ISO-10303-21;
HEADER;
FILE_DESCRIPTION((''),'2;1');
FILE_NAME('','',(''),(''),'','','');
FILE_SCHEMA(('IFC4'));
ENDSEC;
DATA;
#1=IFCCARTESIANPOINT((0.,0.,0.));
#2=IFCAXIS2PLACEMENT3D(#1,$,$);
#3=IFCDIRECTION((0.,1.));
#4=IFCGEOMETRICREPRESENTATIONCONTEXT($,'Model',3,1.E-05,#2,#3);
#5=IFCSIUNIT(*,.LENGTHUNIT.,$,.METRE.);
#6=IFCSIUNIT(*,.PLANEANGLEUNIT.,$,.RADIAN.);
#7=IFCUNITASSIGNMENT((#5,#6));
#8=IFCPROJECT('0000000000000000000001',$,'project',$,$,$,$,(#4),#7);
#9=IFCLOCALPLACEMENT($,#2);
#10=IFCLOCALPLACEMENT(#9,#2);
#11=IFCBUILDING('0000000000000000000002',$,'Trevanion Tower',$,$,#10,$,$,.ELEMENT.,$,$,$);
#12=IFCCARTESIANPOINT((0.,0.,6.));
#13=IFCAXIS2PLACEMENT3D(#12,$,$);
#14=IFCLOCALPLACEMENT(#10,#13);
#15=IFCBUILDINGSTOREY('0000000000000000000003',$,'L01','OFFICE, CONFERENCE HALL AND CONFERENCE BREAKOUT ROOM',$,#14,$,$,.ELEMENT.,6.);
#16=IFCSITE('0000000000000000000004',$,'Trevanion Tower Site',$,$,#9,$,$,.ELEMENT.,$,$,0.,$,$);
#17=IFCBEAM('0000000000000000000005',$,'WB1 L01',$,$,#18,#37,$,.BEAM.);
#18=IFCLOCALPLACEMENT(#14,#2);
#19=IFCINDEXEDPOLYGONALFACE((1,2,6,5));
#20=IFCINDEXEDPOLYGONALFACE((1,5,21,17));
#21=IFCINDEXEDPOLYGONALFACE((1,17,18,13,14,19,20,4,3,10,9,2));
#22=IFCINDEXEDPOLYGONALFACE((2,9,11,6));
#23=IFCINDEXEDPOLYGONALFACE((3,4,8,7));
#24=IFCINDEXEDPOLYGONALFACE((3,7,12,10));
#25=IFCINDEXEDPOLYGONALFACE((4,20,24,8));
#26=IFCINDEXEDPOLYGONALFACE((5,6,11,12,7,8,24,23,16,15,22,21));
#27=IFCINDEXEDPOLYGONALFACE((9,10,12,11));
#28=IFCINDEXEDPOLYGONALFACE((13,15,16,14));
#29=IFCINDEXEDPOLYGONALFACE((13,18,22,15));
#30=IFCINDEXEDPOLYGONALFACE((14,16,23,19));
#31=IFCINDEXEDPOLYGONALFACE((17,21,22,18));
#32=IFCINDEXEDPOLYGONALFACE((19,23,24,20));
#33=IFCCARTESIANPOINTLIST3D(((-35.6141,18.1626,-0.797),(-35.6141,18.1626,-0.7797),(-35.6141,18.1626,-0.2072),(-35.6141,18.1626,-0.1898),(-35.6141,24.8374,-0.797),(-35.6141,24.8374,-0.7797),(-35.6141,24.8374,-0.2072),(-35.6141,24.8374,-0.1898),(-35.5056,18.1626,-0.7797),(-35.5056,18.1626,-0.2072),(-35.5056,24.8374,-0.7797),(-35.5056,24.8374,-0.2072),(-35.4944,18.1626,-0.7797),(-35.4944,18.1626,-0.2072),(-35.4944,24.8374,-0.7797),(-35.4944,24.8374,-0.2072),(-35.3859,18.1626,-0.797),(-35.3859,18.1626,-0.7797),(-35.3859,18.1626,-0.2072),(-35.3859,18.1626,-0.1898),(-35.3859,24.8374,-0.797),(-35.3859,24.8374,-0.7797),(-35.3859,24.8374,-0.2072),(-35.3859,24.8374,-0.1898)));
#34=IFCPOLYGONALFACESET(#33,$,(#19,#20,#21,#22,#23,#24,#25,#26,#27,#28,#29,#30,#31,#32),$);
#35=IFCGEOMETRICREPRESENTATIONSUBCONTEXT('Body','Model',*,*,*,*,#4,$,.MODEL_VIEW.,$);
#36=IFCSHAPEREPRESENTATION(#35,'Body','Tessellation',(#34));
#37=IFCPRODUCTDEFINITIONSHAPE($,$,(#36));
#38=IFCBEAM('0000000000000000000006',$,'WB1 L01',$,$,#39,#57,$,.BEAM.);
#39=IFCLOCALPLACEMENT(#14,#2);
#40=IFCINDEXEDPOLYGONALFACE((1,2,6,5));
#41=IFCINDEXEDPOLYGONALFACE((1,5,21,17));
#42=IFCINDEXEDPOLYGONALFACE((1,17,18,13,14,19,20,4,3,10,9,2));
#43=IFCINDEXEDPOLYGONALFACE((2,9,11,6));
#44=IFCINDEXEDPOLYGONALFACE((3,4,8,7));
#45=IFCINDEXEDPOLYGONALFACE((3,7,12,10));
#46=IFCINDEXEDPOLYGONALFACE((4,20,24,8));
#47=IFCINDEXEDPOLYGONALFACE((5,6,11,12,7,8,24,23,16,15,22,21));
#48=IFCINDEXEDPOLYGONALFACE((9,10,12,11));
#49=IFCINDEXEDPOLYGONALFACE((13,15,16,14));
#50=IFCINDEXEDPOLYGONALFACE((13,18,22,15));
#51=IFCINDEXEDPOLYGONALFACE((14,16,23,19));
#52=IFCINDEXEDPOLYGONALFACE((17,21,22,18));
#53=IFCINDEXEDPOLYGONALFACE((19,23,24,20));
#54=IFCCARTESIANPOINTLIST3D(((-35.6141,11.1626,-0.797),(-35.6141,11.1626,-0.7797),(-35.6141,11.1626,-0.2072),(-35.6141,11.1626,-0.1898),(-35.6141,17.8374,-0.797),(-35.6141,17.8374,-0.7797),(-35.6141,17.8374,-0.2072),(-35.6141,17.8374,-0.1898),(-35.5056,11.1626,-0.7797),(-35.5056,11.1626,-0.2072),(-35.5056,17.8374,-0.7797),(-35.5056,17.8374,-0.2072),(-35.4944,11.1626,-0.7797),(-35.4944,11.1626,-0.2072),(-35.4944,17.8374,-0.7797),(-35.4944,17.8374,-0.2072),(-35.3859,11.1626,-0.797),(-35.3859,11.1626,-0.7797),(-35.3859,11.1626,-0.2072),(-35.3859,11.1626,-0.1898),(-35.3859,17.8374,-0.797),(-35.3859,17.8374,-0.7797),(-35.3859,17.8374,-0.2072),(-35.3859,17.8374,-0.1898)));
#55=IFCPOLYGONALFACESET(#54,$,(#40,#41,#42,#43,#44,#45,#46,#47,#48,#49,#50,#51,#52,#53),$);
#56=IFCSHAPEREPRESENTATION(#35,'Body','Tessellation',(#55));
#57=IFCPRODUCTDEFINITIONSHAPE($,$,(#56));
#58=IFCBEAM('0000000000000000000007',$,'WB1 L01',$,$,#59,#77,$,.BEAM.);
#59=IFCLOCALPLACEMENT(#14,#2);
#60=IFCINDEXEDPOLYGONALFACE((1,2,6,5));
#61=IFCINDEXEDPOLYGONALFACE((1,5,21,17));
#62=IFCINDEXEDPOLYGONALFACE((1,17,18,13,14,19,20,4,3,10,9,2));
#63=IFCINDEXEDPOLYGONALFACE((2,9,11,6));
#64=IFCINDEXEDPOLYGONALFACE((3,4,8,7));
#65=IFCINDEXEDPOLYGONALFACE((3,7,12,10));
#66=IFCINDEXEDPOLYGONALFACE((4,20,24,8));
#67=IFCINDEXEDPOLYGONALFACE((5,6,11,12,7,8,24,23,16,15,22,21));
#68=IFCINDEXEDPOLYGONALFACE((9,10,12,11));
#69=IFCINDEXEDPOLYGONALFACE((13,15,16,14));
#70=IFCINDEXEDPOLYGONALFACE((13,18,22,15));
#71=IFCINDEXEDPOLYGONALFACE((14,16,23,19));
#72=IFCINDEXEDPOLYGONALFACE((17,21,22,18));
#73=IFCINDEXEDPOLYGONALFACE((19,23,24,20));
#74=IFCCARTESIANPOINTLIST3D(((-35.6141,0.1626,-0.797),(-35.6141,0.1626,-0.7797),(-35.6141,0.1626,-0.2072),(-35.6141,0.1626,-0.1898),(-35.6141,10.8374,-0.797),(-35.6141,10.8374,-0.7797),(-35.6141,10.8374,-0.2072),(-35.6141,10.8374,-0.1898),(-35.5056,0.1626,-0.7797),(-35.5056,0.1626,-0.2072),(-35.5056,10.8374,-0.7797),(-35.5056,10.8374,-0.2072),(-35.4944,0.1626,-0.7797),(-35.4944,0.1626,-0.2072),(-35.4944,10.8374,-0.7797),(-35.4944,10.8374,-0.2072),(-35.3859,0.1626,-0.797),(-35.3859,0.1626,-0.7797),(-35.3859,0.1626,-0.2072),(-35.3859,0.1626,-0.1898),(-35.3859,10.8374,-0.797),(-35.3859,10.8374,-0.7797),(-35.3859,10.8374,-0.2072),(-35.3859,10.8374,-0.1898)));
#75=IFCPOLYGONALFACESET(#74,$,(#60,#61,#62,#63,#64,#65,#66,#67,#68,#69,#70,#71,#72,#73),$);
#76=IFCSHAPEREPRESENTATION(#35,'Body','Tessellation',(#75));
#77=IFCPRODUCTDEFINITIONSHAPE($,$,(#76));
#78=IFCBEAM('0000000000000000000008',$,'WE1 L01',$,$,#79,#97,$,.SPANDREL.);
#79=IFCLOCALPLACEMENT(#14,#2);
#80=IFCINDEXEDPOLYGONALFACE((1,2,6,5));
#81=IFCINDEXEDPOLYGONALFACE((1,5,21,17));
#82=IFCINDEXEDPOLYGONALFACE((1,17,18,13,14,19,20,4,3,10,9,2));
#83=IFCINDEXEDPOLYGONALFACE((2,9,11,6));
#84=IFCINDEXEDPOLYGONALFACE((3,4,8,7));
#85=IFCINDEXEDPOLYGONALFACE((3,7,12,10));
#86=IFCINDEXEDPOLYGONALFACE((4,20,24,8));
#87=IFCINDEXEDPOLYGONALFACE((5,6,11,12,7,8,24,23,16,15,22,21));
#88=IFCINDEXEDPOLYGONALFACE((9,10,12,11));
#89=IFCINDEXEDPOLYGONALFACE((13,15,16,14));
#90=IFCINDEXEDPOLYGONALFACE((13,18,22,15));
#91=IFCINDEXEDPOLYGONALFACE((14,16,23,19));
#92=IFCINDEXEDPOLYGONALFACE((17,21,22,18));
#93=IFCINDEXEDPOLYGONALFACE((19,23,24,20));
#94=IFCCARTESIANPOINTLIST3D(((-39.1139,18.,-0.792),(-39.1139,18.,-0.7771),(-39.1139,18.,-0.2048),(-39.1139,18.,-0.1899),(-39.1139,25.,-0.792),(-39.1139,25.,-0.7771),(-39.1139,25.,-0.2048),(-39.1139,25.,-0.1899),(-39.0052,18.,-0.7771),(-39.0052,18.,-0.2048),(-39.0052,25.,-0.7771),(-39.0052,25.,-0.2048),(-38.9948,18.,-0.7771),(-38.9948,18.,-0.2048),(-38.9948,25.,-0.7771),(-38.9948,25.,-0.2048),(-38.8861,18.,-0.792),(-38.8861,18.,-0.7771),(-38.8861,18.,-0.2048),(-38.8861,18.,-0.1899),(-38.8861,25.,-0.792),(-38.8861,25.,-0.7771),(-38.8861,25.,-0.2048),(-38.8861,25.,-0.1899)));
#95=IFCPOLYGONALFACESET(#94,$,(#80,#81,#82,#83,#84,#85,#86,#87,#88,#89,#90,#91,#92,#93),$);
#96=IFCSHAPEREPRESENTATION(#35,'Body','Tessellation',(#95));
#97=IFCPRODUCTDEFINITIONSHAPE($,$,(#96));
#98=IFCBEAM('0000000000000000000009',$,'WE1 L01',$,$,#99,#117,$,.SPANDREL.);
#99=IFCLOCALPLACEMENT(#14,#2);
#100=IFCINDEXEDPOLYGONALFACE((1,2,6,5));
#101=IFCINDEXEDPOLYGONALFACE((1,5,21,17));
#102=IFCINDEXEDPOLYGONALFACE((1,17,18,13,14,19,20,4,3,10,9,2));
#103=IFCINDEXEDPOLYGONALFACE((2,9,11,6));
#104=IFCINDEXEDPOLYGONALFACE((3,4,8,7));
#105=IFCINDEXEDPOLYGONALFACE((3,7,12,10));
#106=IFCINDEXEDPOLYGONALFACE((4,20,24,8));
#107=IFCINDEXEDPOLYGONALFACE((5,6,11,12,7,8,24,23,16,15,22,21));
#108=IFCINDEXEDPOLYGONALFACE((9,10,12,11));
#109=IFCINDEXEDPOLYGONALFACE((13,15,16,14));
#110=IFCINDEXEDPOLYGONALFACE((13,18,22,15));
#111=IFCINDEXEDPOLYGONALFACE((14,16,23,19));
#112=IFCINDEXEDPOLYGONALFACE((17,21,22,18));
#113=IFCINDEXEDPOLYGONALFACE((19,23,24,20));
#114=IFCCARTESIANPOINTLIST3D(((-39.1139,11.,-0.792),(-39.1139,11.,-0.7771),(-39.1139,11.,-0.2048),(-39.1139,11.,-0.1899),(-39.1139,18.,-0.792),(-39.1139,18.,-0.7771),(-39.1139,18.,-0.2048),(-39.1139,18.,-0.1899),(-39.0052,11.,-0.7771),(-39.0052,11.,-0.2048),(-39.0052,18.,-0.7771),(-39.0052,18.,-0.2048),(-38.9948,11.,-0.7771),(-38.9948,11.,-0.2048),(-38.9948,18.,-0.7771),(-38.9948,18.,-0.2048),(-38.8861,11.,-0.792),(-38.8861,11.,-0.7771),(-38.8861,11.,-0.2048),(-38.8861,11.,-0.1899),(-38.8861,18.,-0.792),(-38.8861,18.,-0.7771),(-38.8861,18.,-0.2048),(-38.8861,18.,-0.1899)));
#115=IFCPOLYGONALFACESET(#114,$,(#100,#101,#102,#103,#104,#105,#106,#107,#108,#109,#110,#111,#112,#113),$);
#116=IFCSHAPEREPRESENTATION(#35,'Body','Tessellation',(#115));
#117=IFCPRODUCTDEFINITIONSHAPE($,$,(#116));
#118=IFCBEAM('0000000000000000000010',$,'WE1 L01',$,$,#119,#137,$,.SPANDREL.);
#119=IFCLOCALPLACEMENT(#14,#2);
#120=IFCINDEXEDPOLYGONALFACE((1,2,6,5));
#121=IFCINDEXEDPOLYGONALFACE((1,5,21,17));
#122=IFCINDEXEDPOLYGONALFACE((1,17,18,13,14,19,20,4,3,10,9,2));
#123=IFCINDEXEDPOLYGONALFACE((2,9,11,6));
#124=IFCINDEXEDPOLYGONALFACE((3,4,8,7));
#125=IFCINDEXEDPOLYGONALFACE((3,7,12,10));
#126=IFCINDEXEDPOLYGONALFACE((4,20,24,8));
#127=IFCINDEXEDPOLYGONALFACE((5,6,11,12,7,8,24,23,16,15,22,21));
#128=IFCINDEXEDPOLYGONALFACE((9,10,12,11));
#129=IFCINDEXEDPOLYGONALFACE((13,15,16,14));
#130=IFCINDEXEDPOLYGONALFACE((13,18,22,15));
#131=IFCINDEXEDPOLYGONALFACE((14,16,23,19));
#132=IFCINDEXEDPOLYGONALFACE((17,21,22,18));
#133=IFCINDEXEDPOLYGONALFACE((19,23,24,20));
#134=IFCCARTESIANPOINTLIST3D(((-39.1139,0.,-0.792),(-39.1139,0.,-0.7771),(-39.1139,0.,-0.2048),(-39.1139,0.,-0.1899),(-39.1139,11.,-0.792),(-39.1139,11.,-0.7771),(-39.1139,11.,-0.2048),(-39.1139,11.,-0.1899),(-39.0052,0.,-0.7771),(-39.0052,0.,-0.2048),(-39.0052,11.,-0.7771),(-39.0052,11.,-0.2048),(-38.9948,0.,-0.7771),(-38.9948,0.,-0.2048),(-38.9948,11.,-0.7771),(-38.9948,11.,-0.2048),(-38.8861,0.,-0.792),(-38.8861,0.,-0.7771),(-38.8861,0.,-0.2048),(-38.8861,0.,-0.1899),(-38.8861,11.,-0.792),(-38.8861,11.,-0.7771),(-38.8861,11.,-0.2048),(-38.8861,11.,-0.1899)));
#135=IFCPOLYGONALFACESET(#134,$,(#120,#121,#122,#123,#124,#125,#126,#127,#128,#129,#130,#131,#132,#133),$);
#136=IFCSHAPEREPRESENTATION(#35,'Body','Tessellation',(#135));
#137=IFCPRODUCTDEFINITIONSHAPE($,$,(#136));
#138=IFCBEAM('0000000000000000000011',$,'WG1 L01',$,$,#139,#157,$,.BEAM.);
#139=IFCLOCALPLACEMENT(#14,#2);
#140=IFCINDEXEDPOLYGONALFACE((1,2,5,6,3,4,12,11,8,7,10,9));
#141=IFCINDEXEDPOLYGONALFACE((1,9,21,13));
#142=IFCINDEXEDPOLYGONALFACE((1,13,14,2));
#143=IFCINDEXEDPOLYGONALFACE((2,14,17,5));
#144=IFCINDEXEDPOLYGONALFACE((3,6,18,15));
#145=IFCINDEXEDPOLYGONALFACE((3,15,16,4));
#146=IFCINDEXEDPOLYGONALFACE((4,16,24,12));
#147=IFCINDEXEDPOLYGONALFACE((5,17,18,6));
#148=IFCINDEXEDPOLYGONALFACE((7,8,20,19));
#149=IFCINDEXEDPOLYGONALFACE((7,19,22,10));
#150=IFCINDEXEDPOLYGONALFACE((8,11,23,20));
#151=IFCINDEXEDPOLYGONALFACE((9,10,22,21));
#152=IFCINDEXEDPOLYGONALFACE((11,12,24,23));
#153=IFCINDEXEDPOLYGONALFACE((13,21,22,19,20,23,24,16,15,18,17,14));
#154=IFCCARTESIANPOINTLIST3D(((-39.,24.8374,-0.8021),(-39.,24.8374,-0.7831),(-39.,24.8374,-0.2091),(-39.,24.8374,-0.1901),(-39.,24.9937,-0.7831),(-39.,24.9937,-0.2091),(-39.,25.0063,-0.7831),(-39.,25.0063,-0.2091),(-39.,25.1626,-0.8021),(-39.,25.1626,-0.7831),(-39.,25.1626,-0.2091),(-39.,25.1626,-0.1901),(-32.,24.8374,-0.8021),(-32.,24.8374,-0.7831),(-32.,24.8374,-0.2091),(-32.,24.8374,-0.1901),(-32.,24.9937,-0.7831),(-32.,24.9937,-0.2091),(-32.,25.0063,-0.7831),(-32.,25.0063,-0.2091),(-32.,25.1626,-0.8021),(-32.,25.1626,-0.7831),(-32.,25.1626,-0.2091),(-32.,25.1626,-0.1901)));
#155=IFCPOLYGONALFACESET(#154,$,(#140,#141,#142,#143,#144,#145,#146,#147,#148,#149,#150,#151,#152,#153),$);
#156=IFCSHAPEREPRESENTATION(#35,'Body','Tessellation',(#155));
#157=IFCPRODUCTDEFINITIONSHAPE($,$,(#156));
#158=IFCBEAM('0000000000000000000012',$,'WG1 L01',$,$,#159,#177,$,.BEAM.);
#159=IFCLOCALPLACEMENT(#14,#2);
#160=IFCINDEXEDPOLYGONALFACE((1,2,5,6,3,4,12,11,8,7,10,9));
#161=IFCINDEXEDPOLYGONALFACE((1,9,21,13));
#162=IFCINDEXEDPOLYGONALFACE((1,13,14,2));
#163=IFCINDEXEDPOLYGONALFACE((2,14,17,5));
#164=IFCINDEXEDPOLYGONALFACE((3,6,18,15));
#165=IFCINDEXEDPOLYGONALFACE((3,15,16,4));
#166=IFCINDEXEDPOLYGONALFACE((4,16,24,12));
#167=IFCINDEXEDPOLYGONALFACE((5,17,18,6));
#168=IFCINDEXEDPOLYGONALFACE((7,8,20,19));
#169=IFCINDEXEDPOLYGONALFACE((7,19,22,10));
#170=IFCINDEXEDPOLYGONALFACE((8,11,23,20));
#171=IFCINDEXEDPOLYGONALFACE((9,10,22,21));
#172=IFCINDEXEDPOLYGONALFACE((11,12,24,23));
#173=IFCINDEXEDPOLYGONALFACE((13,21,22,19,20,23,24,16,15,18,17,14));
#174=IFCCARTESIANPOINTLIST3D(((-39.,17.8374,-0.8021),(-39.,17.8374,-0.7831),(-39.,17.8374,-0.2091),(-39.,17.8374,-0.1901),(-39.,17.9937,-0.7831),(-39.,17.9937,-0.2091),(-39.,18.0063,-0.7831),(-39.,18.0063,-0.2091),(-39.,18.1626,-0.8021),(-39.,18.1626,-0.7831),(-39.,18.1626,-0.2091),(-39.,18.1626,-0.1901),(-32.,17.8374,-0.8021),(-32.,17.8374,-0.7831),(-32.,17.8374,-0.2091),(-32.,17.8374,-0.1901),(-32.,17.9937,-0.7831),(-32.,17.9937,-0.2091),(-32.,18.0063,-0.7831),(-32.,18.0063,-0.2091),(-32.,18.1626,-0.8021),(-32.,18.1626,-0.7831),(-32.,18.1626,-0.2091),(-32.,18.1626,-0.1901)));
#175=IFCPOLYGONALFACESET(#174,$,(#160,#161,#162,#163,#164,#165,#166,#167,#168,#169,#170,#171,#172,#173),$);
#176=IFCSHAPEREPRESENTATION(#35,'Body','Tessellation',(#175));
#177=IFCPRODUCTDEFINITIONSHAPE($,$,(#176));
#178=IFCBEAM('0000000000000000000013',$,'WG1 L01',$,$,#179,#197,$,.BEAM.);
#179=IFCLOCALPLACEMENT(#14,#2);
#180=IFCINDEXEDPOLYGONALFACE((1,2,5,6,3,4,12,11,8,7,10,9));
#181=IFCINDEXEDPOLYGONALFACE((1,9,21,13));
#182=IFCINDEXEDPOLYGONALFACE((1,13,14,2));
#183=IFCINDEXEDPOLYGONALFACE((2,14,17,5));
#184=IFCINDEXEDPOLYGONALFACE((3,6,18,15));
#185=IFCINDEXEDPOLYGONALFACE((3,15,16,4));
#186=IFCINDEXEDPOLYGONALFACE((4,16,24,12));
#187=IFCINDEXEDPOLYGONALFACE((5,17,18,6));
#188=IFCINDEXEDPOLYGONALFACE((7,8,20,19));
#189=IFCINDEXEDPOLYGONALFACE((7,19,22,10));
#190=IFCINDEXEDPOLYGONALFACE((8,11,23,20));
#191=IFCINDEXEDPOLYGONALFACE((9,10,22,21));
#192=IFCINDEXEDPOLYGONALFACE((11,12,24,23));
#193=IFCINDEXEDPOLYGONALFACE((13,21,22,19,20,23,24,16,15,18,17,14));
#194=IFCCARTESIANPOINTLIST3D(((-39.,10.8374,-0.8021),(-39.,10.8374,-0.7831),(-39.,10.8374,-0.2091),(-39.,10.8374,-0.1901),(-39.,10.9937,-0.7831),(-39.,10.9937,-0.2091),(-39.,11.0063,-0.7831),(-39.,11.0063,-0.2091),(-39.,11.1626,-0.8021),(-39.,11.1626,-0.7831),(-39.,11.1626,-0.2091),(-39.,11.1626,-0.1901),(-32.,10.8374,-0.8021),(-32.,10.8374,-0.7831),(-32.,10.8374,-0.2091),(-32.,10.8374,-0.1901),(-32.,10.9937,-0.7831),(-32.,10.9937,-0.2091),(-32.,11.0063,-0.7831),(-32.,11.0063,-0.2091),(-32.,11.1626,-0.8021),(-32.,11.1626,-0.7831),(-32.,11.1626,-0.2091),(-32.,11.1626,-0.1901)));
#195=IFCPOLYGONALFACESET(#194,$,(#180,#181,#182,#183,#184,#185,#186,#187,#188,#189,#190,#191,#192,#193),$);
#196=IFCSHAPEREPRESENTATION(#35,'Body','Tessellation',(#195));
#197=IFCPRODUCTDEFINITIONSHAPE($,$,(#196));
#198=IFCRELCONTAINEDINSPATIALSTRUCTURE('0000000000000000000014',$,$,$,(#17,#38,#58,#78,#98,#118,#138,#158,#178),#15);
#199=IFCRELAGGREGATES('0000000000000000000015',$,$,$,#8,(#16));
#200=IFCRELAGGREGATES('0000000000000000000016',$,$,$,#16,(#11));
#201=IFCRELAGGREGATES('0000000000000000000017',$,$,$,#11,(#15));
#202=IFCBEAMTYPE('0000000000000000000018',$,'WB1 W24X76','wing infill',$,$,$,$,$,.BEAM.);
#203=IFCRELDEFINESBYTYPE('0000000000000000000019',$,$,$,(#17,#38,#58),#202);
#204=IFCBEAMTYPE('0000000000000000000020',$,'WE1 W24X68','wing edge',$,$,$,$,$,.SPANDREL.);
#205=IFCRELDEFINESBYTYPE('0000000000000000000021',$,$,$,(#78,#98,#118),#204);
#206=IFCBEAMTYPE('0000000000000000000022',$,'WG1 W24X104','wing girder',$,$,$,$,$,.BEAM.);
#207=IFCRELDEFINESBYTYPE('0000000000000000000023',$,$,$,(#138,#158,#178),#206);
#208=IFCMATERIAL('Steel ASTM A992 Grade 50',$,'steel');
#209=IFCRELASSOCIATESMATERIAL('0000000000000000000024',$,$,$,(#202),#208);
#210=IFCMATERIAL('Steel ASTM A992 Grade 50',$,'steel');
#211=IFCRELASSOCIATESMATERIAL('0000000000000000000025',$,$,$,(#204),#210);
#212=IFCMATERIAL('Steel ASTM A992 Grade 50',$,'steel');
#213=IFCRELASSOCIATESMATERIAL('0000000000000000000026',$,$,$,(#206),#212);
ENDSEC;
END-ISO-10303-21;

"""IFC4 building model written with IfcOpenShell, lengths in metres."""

from ifc_helpers import new_model, si_unit, direction, frame, origin, origin_2d, place, context, subcontext, project, spatial, i_section, extrude, material, material_profile, profile_set, type_object, element, save


model = new_model("IFC4")

# Units and contexts
model_context = context("Model", 3, precision=1e-05, world=origin(), true_north=direction((0.0, 1.0)))
body_context = subcontext(model_context, "Body", "Model", "MODEL_VIEW")
ifc_project = project(units=[si_unit("LENGTHUNIT", "METRE"), si_unit("PLANEANGLEUNIT", "RADIAN")], contexts=[model_context])

# Site, building, storey
site_placement = place(None, origin())
site = spatial("IfcSite", under=ifc_project, at=site_placement, Name="Trevanion Tower Site", CompositionType="ELEMENT", RefElevation=0.0)
building_placement = place(site_placement, origin())
building = spatial("IfcBuilding", under=site, at=building_placement, Name="Trevanion Tower", CompositionType="ELEMENT")
storey_placement = place(building_placement, frame((0.0, 0.0, 6.0)))
storey = spatial("IfcBuildingStorey", under=building, at=storey_placement, Name="L01", Description="OFFICE, CONFERENCE HALL AND CONFERENCE BREAKOUT ROOM", CompositionType="ELEMENT", Elevation=6.0)

# Beams
ifc_material_1 = material(Name="Steel ASTM A992 Grade 50", Category="steel")
ifc_material_profile_1 = material_profile(ifc_material_1, i_section(OverallWidth=0.2283, OverallDepth=0.6072, WebThickness=0.0112, FlangeThickness=0.0173, at=origin_2d()), Name="W24X76")
ifc_profile_set_1 = profile_set([ifc_material_profile_1], Name="Steel ASTM A992 Grade 50")
beam_type_1 = type_object("IfcBeamType", Name="WB1 W24X76", Description="wing infill", PredefinedType="BEAM", material=ifc_profile_set_1)
for number, where, z_axis, x_axis, name in (
    (1, (-35.5, 24.8374, -0.4934), (0.0, -1.0, 0.0), (1.0, 0.0, 0.0), "WB1 L01"),
    (2, (-35.5, 17.8374, -0.4934), (0.0, -1.0, 0.0), (1.0, 0.0, 0.0), "WB1 L01"),
):
    element("IfcBeam", number, at=place(storey_placement, frame(where, z_axis=z_axis, x_axis=x_axis)), inside=storey, type_object=beam_type_1, Name=name, PredefinedType="BEAM", context=body_context, shape_type="SweptSolid", body=[
        extrude(i_section(OverallWidth=0.2283, OverallDepth=0.6072, WebThickness=0.0112, FlangeThickness=0.0173, at=origin_2d()), origin(), (0.0, 0.0, 1.0), 6.6748),
    ])
beam_1_placement = place(storey_placement, frame((-35.5, 10.8374, -0.4934), z_axis=(0.0, -1.0, 0.0), x_axis=(1.0, 0.0, 0.0)))
element("IfcBeam", 3, at=beam_1_placement, inside=storey, type_object=beam_type_1, Name="WB1 L01", PredefinedType="BEAM", context=body_context, shape_type="SweptSolid", body=[
    extrude(i_section(OverallWidth=0.2283, OverallDepth=0.6072, WebThickness=0.0112, FlangeThickness=0.0173, at=origin_2d()), origin(), (0.0, 0.0, 1.0), 10.6748),
])
ifc_material_2 = material(Name="Steel ASTM A992 Grade 50", Category="steel")
ifc_material_profile_2 = material_profile(ifc_material_2, i_section(OverallWidth=0.2278, OverallDepth=0.6021, WebThickness=0.0105, FlangeThickness=0.0149, at=origin_2d()), Name="W24X68")
ifc_profile_set_2 = profile_set([ifc_material_profile_2], Name="Steel ASTM A992 Grade 50")
beam_type_2 = type_object("IfcBeamType", Name="WE1 W24X68", Description="wing edge", PredefinedType="SPANDREL", material=ifc_profile_set_2)
for number, where, z_axis, x_axis, name in (
    (4, (-39.0, 25.0, -0.491), (0.0, -1.0, 0.0), (1.0, 0.0, 0.0), "WE1 L01"),
    (5, (-39.0, 18.0, -0.491), (0.0, -1.0, 0.0), (1.0, 0.0, 0.0), "WE1 L01"),
):
    element("IfcBeam", number, at=place(storey_placement, frame(where, z_axis=z_axis, x_axis=x_axis)), inside=storey, type_object=beam_type_2, Name=name, PredefinedType="SPANDREL", context=body_context, shape_type="SweptSolid", body=[
        extrude(i_section(OverallWidth=0.2278, OverallDepth=0.6021, WebThickness=0.0105, FlangeThickness=0.0149, at=origin_2d()), origin(), (0.0, 0.0, 1.0), 7.0),
    ])
beam_2_placement = place(storey_placement, frame((-39.0, 11.0, -0.491), z_axis=(0.0, -1.0, 0.0), x_axis=(1.0, 0.0, 0.0)))
element("IfcBeam", 6, at=beam_2_placement, inside=storey, type_object=beam_type_2, Name="WE1 L01", PredefinedType="SPANDREL", context=body_context, shape_type="SweptSolid", body=[
    extrude(i_section(OverallWidth=0.2278, OverallDepth=0.6021, WebThickness=0.0105, FlangeThickness=0.0149, at=origin_2d()), origin(), (0.0, 0.0, 1.0), 11.0),
])
ifc_material_3 = material(Name="Steel ASTM A992 Grade 50", Category="steel")
ifc_material_profile_3 = material_profile(ifc_material_3, i_section(OverallWidth=0.3252, OverallDepth=0.6121, WebThickness=0.0127, FlangeThickness=0.019, at=origin_2d()), Name="W24X104")
ifc_profile_set_3 = profile_set([ifc_material_profile_3], Name="Steel ASTM A992 Grade 50")
beam_type_3 = type_object("IfcBeamType", Name="WG1 W24X104", Description="wing girder", PredefinedType="BEAM", material=ifc_profile_set_3)
for number, where, z_axis, x_axis, name in (
    (7, (-32.0, 25.0, -0.4961), (-1.0, 0.0, 0.0), (0.0, -1.0, 0.0), "WG1 L01"),
    (8, (-32.0, 18.0, -0.4961), (-1.0, 0.0, 0.0), (0.0, -1.0, 0.0), "WG1 L01"),
    (9, (-32.0, 11.0, -0.4961), (-1.0, 0.0, 0.0), (0.0, -1.0, 0.0), "WG1 L01"),
):
    element("IfcBeam", number, at=place(storey_placement, frame(where, z_axis=z_axis, x_axis=x_axis)), inside=storey, type_object=beam_type_3, Name=name, PredefinedType="BEAM", context=body_context, shape_type="SweptSolid", body=[
        extrude(i_section(OverallWidth=0.3252, OverallDepth=0.6121, WebThickness=0.0127, FlangeThickness=0.019, at=origin_2d()), origin(), (0.0, 0.0, 1.0), 7.0),
    ])

save(model, "model.ifc")
